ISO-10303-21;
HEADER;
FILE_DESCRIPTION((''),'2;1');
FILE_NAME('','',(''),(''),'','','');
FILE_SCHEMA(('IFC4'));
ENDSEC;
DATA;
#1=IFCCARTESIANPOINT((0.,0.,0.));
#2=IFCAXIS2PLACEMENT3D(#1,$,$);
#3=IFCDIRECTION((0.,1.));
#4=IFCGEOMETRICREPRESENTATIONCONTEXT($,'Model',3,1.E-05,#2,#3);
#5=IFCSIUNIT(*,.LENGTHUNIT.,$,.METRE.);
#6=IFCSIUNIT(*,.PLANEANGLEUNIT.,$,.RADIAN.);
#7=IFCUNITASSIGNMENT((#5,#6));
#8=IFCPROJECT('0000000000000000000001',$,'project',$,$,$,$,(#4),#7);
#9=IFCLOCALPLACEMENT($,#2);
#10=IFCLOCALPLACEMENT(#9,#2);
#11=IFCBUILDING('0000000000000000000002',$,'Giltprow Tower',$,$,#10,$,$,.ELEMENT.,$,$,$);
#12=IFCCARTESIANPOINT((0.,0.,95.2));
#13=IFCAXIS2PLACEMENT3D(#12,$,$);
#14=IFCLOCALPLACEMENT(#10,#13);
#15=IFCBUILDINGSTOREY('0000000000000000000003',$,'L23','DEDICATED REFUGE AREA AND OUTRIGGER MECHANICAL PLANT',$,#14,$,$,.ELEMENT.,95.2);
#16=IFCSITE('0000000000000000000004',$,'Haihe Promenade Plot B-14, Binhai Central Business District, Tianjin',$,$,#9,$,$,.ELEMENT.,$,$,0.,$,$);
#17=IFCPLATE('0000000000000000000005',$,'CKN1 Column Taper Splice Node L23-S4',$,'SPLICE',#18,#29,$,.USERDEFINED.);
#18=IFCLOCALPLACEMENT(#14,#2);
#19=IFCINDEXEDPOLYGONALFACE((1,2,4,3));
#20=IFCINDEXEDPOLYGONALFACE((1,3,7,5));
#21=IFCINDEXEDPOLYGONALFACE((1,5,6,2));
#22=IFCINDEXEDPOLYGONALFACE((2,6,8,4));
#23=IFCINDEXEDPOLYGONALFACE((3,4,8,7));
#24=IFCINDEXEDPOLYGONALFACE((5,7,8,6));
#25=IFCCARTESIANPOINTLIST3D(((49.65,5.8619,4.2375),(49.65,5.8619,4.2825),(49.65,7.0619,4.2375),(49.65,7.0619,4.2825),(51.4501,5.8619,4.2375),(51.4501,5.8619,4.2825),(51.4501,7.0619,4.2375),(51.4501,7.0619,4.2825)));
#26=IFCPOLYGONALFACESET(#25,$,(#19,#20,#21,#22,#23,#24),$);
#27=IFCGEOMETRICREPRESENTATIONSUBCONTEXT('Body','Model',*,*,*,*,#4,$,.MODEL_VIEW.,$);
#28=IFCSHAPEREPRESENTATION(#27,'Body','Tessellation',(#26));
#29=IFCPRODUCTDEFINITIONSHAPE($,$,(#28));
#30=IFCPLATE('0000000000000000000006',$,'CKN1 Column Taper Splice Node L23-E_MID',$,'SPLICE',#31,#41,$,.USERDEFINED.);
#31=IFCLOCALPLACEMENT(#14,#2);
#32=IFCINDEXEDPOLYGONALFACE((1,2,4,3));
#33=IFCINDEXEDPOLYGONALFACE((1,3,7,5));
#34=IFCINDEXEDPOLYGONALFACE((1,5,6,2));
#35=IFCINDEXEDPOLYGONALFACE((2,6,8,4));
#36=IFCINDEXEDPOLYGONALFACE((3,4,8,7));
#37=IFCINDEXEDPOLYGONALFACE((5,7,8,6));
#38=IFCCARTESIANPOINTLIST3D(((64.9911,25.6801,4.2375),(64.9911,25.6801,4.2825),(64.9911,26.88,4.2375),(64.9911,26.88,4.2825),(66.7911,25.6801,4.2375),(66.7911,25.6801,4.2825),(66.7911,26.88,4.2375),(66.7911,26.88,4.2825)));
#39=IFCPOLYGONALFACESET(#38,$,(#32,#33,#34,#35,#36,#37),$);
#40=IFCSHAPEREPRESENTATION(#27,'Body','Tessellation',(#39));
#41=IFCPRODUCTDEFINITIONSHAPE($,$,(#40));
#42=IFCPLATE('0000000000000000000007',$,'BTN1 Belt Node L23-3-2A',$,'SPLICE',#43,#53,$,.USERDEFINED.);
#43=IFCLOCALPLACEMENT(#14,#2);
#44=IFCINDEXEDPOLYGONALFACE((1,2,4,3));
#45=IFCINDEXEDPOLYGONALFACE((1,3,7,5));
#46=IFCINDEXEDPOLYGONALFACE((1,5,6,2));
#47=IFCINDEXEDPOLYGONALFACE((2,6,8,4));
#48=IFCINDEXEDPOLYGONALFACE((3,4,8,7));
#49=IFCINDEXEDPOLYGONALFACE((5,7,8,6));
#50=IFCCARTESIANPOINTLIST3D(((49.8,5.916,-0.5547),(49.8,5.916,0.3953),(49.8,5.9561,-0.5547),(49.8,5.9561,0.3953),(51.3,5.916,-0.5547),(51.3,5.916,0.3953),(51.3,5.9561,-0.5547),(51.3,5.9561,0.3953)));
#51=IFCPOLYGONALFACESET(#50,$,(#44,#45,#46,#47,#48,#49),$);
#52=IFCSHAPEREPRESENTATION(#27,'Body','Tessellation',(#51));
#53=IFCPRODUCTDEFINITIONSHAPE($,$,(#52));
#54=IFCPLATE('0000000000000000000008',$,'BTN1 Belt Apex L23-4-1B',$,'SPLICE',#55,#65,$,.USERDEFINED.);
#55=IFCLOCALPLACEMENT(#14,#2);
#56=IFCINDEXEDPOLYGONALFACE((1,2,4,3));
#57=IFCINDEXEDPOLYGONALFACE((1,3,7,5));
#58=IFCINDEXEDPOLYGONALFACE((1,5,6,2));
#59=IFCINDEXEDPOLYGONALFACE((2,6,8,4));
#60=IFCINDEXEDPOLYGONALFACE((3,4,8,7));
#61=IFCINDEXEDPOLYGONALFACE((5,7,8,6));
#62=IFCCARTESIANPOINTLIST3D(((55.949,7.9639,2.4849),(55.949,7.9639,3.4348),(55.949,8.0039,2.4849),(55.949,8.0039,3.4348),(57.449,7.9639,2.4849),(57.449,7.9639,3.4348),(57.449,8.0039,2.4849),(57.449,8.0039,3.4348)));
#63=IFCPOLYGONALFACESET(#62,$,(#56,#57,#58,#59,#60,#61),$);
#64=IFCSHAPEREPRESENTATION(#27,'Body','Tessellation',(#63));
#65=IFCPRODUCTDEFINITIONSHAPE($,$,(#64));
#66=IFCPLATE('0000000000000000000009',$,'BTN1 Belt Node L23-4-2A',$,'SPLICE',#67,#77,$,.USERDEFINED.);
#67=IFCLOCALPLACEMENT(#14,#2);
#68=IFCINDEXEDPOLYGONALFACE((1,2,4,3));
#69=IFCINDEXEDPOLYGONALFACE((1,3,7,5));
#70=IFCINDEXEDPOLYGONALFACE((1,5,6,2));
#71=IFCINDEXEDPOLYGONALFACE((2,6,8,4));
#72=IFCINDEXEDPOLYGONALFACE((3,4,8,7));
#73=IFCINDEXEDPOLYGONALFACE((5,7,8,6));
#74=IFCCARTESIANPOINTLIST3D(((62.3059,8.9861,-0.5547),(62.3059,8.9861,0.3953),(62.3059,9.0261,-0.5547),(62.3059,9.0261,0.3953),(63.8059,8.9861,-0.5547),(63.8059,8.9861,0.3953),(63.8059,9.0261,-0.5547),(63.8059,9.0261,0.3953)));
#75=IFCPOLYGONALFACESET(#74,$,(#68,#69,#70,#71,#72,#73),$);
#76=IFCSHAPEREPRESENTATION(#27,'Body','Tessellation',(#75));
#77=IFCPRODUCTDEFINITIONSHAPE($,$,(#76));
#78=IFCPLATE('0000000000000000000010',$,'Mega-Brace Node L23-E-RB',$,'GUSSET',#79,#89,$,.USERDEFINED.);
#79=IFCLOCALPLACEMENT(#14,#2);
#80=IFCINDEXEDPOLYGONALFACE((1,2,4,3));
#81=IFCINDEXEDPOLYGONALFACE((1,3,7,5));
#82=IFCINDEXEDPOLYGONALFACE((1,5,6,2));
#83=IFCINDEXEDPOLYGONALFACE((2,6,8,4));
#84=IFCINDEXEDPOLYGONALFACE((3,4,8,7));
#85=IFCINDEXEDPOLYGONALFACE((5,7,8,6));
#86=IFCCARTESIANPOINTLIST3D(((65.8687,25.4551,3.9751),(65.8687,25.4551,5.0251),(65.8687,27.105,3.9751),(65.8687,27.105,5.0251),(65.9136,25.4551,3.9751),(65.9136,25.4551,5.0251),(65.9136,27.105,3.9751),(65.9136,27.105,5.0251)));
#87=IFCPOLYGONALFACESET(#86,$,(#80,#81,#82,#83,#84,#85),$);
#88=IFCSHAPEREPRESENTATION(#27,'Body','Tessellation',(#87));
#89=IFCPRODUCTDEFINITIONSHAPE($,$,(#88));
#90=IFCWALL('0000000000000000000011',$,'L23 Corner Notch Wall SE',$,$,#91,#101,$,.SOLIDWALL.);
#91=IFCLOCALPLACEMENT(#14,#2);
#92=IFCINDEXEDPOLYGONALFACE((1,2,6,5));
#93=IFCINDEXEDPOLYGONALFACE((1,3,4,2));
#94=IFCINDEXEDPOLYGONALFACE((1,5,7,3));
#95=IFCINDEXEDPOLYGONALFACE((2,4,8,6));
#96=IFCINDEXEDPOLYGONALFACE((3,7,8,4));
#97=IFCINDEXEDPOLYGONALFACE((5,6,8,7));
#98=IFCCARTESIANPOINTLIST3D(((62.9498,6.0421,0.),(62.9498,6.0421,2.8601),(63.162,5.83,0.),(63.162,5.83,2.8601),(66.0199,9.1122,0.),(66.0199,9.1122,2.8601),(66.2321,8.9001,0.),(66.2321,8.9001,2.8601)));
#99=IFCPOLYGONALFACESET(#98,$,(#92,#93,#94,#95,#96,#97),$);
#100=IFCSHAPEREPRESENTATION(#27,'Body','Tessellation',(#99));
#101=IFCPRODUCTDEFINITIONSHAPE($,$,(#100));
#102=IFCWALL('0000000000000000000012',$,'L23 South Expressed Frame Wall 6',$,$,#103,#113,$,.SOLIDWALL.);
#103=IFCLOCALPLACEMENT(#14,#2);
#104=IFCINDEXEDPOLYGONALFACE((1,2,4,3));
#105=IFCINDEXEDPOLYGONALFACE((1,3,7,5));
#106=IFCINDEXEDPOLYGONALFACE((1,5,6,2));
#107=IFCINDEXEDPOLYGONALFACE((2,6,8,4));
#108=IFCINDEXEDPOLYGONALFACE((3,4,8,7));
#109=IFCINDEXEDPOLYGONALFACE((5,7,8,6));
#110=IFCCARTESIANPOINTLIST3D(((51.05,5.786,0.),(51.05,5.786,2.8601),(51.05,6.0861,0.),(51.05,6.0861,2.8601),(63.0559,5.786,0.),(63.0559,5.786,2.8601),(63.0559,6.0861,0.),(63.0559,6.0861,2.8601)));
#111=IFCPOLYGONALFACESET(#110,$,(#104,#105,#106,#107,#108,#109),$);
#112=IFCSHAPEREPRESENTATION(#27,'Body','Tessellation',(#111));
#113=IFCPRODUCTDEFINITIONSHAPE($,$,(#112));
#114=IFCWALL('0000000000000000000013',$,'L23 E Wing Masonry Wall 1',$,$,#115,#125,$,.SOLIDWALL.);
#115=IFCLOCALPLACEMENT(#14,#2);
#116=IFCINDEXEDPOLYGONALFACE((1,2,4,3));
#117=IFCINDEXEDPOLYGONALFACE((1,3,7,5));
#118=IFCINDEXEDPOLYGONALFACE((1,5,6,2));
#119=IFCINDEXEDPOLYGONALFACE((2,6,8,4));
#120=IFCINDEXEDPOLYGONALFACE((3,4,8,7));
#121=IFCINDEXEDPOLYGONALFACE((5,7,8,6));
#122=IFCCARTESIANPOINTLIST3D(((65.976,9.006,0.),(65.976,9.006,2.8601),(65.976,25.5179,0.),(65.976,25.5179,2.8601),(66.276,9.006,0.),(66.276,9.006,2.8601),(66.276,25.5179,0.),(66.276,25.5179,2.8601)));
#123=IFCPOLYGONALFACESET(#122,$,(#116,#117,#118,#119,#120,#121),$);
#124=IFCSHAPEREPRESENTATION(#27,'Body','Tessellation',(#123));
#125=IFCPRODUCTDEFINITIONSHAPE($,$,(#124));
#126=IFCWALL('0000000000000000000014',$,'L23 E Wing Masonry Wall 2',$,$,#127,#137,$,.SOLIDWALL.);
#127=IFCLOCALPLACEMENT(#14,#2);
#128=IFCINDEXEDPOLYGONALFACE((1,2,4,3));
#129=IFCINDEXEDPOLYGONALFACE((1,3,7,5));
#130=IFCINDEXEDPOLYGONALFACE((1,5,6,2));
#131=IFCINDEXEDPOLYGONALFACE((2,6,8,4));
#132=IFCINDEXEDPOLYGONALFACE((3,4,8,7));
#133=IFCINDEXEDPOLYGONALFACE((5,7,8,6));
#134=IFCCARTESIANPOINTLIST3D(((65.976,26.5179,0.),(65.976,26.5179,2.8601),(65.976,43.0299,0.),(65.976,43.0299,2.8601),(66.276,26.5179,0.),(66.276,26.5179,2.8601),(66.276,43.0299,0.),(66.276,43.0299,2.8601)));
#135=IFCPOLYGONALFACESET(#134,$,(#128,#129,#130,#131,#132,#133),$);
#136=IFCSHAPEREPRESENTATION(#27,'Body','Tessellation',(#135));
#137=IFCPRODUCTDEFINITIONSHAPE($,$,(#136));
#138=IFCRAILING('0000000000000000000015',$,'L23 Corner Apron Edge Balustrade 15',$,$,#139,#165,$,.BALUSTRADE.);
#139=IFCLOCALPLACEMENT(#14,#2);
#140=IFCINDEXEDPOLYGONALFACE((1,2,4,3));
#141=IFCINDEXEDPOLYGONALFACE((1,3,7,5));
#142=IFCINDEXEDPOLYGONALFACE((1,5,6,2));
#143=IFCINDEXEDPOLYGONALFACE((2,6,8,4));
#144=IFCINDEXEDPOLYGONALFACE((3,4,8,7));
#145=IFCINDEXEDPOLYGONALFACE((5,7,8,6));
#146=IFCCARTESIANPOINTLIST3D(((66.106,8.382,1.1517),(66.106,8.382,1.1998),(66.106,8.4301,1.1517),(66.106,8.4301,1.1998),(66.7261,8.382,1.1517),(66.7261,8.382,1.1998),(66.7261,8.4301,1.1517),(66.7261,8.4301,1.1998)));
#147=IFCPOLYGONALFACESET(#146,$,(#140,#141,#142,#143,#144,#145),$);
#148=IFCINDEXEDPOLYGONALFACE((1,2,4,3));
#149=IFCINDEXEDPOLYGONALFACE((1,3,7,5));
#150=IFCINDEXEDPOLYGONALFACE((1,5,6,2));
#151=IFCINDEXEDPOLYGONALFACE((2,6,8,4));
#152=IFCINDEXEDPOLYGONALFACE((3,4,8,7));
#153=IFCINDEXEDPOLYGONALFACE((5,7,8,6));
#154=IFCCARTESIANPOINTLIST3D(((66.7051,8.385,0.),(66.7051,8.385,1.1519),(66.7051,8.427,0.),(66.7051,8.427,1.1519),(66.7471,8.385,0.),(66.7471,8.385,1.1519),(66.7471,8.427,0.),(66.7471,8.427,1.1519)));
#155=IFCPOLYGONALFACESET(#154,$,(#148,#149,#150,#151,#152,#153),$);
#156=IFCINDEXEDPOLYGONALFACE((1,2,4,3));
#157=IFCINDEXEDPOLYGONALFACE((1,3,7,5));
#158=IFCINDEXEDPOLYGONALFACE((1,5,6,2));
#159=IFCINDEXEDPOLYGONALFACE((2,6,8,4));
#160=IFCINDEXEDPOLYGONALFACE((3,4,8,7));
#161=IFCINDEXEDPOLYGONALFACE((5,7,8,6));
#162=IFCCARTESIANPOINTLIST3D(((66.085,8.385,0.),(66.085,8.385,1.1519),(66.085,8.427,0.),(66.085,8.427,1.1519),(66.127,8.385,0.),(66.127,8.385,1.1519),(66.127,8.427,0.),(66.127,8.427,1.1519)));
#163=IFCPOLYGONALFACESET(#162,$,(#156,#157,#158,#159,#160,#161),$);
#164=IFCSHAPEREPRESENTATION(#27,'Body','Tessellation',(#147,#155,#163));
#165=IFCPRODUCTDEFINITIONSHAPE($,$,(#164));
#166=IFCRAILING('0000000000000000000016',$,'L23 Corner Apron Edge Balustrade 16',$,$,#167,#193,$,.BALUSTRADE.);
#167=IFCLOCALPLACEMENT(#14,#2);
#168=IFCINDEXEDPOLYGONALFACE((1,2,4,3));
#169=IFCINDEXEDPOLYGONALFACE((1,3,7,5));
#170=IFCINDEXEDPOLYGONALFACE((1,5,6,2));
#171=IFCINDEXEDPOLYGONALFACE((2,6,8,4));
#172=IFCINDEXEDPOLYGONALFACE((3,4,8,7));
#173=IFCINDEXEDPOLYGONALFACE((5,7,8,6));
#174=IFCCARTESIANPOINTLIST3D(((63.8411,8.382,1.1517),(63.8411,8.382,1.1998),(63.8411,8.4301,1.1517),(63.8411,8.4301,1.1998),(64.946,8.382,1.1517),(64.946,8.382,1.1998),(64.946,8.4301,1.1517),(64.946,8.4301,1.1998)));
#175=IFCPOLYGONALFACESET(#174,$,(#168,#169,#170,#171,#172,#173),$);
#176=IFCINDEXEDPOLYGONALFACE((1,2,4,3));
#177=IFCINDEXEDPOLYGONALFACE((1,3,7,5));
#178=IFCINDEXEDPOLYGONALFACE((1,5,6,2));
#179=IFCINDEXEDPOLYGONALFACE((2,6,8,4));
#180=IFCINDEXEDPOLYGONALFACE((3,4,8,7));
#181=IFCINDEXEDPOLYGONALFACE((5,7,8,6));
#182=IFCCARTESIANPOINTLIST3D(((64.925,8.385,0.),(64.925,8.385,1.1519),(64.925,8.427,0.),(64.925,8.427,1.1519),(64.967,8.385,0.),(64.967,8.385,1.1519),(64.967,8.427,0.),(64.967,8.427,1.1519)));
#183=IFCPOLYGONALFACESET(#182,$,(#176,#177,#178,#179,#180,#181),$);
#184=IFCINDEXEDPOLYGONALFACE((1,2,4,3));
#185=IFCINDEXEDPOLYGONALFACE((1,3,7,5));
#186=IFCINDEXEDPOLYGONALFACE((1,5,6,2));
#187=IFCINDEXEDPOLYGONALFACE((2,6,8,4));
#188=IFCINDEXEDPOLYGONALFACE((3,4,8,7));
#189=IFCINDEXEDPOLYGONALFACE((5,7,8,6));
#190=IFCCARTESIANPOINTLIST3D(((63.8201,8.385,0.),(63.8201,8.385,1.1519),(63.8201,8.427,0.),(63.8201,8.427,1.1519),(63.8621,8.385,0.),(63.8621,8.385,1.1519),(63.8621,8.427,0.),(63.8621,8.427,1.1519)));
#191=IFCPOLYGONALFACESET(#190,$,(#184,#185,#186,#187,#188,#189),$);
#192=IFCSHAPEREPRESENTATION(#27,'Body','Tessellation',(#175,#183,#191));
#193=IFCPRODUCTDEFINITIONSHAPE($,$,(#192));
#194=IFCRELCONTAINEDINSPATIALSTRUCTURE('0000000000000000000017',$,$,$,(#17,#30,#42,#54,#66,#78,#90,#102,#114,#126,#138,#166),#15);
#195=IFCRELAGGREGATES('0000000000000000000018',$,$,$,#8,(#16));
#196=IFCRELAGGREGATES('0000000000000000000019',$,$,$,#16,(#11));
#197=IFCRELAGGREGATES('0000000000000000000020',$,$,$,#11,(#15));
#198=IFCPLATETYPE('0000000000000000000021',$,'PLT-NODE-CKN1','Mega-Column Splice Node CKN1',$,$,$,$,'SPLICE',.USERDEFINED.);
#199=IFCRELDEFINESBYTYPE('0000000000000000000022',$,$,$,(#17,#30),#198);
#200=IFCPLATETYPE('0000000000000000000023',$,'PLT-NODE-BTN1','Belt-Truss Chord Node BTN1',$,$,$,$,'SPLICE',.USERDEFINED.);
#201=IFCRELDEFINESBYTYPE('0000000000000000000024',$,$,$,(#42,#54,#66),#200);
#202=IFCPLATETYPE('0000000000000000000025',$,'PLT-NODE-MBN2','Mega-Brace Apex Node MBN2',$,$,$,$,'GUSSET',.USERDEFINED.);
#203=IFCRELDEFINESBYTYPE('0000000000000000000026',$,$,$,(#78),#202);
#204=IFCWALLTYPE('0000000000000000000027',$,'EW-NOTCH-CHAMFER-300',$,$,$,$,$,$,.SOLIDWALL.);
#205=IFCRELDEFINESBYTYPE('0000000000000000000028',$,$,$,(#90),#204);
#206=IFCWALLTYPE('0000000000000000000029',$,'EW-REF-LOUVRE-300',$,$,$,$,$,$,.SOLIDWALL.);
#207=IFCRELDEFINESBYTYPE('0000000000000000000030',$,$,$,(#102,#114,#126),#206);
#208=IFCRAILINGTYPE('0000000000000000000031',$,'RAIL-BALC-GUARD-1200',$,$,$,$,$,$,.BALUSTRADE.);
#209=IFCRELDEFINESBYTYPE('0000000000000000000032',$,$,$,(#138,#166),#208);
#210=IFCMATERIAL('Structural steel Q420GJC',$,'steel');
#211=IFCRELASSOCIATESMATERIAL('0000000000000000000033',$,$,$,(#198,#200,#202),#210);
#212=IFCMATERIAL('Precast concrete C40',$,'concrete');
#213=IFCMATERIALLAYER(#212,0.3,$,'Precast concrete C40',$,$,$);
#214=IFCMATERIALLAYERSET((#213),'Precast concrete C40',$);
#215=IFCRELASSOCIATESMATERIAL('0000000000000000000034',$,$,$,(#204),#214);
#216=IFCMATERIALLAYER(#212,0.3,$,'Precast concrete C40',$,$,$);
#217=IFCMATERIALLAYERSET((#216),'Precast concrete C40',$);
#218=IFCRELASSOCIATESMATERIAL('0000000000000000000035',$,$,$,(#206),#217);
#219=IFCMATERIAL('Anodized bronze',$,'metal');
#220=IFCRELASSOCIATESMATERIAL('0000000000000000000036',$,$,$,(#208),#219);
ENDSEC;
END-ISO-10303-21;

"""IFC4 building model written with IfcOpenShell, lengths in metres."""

from ifc_helpers import new_model, si_unit, direction, frame, frame_2d, origin, origin_2d, place, context, subcontext, project, spatial, rectangle, extrude, source, transform, mapped, material, layer, layer_set, type_object, element, save


model = new_model("IFC4")

# Units and contexts
model_context = context("Model", 3, precision=1e-05, world=origin(), true_north=direction((0.0, 1.0)))
body_context = subcontext(model_context, "Body", "Model", "MODEL_VIEW")
ifc_project = project(units=[si_unit("LENGTHUNIT", "METRE"), si_unit("PLANEANGLEUNIT", "RADIAN")], contexts=[model_context])

# Site, building, storey
site_placement = place(None, origin())
site = spatial("IfcSite", under=ifc_project, at=site_placement, Name="Haihe Promenade Plot B-14, Binhai Central Business District, Tianjin", CompositionType="ELEMENT", RefElevation=0.0)
building_placement = place(site_placement, origin())
building = spatial("IfcBuilding", under=site, at=building_placement, Name="Giltprow Tower", CompositionType="ELEMENT")
storey_placement = place(building_placement, frame((0.0, 0.0, 95.2)))
storey = spatial("IfcBuildingStorey", under=building, at=storey_placement, Name="L23", Description="DEDICATED REFUGE AREA AND OUTRIGGER MECHANICAL PLANT", CompositionType="ELEMENT", Elevation=95.2)

# Shared definitions
ifc_material_1 = material(Name="Structural steel Q420GJC", Category="steel")

# Plates
plate_type_1 = type_object("IfcPlateType", Name="PLT-NODE-CKN1", Description="Mega-Column Splice Node CKN1", ElementType="SPLICE", PredefinedType="USERDEFINED", material=ifc_material_1)
shared_shape_1 = source(origin(), body_context, "Body", "SweptSolid", [
    extrude(rectangle(XDim=1.8, YDim=1.2, at=origin_2d()), origin(), (0.0, 0.0, 1.0), 0.0449),
])
for number, where, z_axis, x_axis, name in (
    (1, (50.55, 6.4619, 4.2375), (0.0, 0.0, 1.0), (1.0, 0.0, 0.0), "CKN1 Column Taper Splice Node L23-S4"),
    (2, (65.8911, 26.28, 4.2375), (0.0, 0.0, 1.0), (1.0, 0.0, 0.0), "CKN1 Column Taper Splice Node L23-E_MID"),
):
    element("IfcPlate", number, at=place(storey_placement, frame(where, z_axis=z_axis, x_axis=x_axis)), inside=storey, type_object=plate_type_1, Name=name, ObjectType="SPLICE", PredefinedType="USERDEFINED", context=body_context, shape_type="MappedRepresentation", body=[
        mapped(shared_shape_1, transform((0.0, 0.0, 0.0), x_axis=(1.0, 0.0, 0.0), y_axis=(0.0, 1.0, 0.0), z_axis=(0.0, 0.0, 1.0), scale=1.0)),
    ])
plate_type_2 = type_object("IfcPlateType", Name="PLT-NODE-BTN1", Description="Belt-Truss Chord Node BTN1", ElementType="SPLICE", PredefinedType="USERDEFINED", material=ifc_material_1)
shared_shape_2 = source(origin(), body_context, "Body", "SweptSolid", [
    extrude(rectangle(XDim=1.5, YDim=0.04, at=origin_2d()), origin(), (0.0, 0.0, 1.0), 0.95),
])
for number, where, z_axis, x_axis, name in (
    (3, (50.55, 5.936, -0.5547), (0.0, 0.0, 1.0), (1.0, 0.0, 0.0), "BTN1 Belt Node L23-3-2A"),
    (4, (56.699, 7.9839, 2.4849), (0.0, 0.0, 1.0), (1.0, 0.0, 0.0), "BTN1 Belt Apex L23-4-1B"),
    (5, (63.0559, 9.0061, -0.5547), (0.0, 0.0, 1.0), (1.0, 0.0, 0.0), "BTN1 Belt Node L23-4-2A"),
):
    element("IfcPlate", number, at=place(storey_placement, frame(where, z_axis=z_axis, x_axis=x_axis)), inside=storey, type_object=plate_type_2, Name=name, ObjectType="SPLICE", PredefinedType="USERDEFINED", context=body_context, shape_type="MappedRepresentation", body=[
        mapped(shared_shape_2, transform((0.0, 0.0, 0.0), x_axis=(1.0, 0.0, 0.0), y_axis=(0.0, 1.0, 0.0), z_axis=(0.0, 0.0, 1.0), scale=1.0)),
    ])
plate_type_3 = type_object("IfcPlateType", Name="PLT-NODE-MBN2", Description="Mega-Brace Apex Node MBN2", ElementType="GUSSET", PredefinedType="USERDEFINED", material=ifc_material_1)
shared_shape_3 = source(origin(), body_context, "Body", "SweptSolid", [
    extrude(rectangle(XDim=1.6499, YDim=0.0449, at=origin_2d()), origin(), (0.0, 0.0, 1.0), 1.05),
])
plate_1_placement = place(storey_placement, frame((65.8911, 26.28, 3.9751), z_axis=(0.0, 0.0, 1.0), x_axis=(0.0, 1.0, 0.0)))
element("IfcPlate", 6, at=plate_1_placement, inside=storey, type_object=plate_type_3, Name="Mega-Brace Node L23-E-RB", ObjectType="GUSSET", PredefinedType="USERDEFINED", context=body_context, shape_type="MappedRepresentation", body=[
    mapped(shared_shape_3, transform((0.0, 0.0, 0.0), x_axis=(1.0, 0.0, 0.0), y_axis=(0.0, 1.0, 0.0), z_axis=(0.0, 0.0, 1.0), scale=1.0)),
])

# Walls
ifc_material_2 = material(Name="Precast concrete C40", Category="concrete")
ifc_layer_1 = layer(ifc_material_2, 0.3, Name="Precast concrete C40")
ifc_layer_set_1 = layer_set([ifc_layer_1], Name="Precast concrete C40")
wall_type_1 = type_object("IfcWallType", Name="EW-NOTCH-CHAMFER-300", PredefinedType="SOLIDWALL", material=ifc_layer_set_1)
wall_1_placement = place(storey_placement, frame((63.0559, 5.936, 0.0), z_axis=(0.0, 0.0, 1.0), x_axis=(0.707107, 0.707107, 0.0)))
element("IfcWall", 7, at=wall_1_placement, inside=storey, type_object=wall_type_1, Name="L23 Corner Notch Wall SE", PredefinedType="SOLIDWALL", context=body_context, shape_type="SweptSolid", body=[
    extrude(rectangle(XDim=4.3418, YDim=0.3, at=frame_2d((2.1709, 0.0))), origin(), (0.0, 0.0, 1.0), 2.8601),
])
ifc_layer_2 = layer(ifc_material_2, 0.3, Name="Precast concrete C40")
ifc_layer_set_2 = layer_set([ifc_layer_2], Name="Precast concrete C40")
wall_type_2 = type_object("IfcWallType", Name="EW-REF-LOUVRE-300", PredefinedType="SOLIDWALL", material=ifc_layer_set_2)
wall_2_placement = place(storey_placement, frame((51.05, 5.936, 0.0), z_axis=(0.0, 0.0, 1.0), x_axis=(1.0, 0.0, 0.0)))
element("IfcWall", 8, at=wall_2_placement, inside=storey, type_object=wall_type_2, Name="L23 South Expressed Frame Wall 6", PredefinedType="SOLIDWALL", context=body_context, shape_type="SweptSolid", body=[
    extrude(rectangle(XDim=12.0059, YDim=0.3, at=frame_2d((6.0029, 0.0))), origin(), (0.0, 0.0, 1.0), 2.8601),
])
for number, where, z_axis, x_axis, name in (
    (9, (66.126, 9.0061, 0.0), (0.0, 0.0, 1.0), (0.0, 1.0, 0.0), "L23 E Wing Masonry Wall 1"),
    (10, (66.126, 26.5181, 0.0), (0.0, 0.0, 1.0), (0.0, 1.0, 0.0), "L23 E Wing Masonry Wall 2"),
):
    element("IfcWall", number, at=place(storey_placement, frame(where, z_axis=z_axis, x_axis=x_axis)), inside=storey, type_object=wall_type_2, Name=name, PredefinedType="SOLIDWALL", context=body_context, shape_type="SweptSolid", body=[
        extrude(rectangle(XDim=16.512, YDim=0.3, at=frame_2d((8.2559, 0.0))), origin(), (0.0, 0.0, 1.0), 2.8601),
    ])

# Railings
ifc_material_3 = material(Name="Anodized bronze", Category="metal")
railing_type = type_object("IfcRailingType", Name="RAIL-BALC-GUARD-1200", PredefinedType="BALUSTRADE", material=ifc_material_3)
railing_1_placement = place(storey_placement, frame((66.7261, 8.406, 0.0)))
element("IfcRailing", 11, at=railing_1_placement, inside=storey, type_object=railing_type, Name="L23 Corner Apron Edge Balustrade 15", PredefinedType="BALUSTRADE", context=body_context, shape_type="SweptSolid", body=[
    extrude(rectangle(XDim=0.0481, YDim=0.0481, at=origin_2d()), frame((0.0, 0.0, 1.1758), z_axis=(-1.0, 0.0, 0.0), x_axis=(0.0, -1.0, 0.0)), (0.0, 0.0, 1.0), 0.6201),
    extrude(rectangle(XDim=0.042, YDim=0.042, at=origin_2d()), origin(), (0.0, 0.0, 1.0), 1.1519),
    extrude(rectangle(XDim=0.042, YDim=0.042, at=origin_2d()), frame((-0.6201, 0.0, 0.0)), (0.0, 0.0, 1.0), 1.1519),
])
railing_2_placement = place(storey_placement, frame((64.946, 8.406, 0.0)))
element("IfcRailing", 12, at=railing_2_placement, inside=storey, type_object=railing_type, Name="L23 Corner Apron Edge Balustrade 16", PredefinedType="BALUSTRADE", context=body_context, shape_type="SweptSolid", body=[
    extrude(rectangle(XDim=0.0481, YDim=0.0481, at=origin_2d()), frame((0.0, 0.0, 1.1758), z_axis=(-1.0, 0.0, 0.0), x_axis=(0.0, -1.0, 0.0)), (0.0, 0.0, 1.0), 1.105),
    extrude(rectangle(XDim=0.042, YDim=0.042, at=origin_2d()), origin(), (0.0, 0.0, 1.0), 1.1519),
    extrude(rectangle(XDim=0.042, YDim=0.042, at=origin_2d()), frame((-1.105, 0.0, 0.0)), (0.0, 0.0, 1.0), 1.1519),
])

save(model, "model.ifc")
